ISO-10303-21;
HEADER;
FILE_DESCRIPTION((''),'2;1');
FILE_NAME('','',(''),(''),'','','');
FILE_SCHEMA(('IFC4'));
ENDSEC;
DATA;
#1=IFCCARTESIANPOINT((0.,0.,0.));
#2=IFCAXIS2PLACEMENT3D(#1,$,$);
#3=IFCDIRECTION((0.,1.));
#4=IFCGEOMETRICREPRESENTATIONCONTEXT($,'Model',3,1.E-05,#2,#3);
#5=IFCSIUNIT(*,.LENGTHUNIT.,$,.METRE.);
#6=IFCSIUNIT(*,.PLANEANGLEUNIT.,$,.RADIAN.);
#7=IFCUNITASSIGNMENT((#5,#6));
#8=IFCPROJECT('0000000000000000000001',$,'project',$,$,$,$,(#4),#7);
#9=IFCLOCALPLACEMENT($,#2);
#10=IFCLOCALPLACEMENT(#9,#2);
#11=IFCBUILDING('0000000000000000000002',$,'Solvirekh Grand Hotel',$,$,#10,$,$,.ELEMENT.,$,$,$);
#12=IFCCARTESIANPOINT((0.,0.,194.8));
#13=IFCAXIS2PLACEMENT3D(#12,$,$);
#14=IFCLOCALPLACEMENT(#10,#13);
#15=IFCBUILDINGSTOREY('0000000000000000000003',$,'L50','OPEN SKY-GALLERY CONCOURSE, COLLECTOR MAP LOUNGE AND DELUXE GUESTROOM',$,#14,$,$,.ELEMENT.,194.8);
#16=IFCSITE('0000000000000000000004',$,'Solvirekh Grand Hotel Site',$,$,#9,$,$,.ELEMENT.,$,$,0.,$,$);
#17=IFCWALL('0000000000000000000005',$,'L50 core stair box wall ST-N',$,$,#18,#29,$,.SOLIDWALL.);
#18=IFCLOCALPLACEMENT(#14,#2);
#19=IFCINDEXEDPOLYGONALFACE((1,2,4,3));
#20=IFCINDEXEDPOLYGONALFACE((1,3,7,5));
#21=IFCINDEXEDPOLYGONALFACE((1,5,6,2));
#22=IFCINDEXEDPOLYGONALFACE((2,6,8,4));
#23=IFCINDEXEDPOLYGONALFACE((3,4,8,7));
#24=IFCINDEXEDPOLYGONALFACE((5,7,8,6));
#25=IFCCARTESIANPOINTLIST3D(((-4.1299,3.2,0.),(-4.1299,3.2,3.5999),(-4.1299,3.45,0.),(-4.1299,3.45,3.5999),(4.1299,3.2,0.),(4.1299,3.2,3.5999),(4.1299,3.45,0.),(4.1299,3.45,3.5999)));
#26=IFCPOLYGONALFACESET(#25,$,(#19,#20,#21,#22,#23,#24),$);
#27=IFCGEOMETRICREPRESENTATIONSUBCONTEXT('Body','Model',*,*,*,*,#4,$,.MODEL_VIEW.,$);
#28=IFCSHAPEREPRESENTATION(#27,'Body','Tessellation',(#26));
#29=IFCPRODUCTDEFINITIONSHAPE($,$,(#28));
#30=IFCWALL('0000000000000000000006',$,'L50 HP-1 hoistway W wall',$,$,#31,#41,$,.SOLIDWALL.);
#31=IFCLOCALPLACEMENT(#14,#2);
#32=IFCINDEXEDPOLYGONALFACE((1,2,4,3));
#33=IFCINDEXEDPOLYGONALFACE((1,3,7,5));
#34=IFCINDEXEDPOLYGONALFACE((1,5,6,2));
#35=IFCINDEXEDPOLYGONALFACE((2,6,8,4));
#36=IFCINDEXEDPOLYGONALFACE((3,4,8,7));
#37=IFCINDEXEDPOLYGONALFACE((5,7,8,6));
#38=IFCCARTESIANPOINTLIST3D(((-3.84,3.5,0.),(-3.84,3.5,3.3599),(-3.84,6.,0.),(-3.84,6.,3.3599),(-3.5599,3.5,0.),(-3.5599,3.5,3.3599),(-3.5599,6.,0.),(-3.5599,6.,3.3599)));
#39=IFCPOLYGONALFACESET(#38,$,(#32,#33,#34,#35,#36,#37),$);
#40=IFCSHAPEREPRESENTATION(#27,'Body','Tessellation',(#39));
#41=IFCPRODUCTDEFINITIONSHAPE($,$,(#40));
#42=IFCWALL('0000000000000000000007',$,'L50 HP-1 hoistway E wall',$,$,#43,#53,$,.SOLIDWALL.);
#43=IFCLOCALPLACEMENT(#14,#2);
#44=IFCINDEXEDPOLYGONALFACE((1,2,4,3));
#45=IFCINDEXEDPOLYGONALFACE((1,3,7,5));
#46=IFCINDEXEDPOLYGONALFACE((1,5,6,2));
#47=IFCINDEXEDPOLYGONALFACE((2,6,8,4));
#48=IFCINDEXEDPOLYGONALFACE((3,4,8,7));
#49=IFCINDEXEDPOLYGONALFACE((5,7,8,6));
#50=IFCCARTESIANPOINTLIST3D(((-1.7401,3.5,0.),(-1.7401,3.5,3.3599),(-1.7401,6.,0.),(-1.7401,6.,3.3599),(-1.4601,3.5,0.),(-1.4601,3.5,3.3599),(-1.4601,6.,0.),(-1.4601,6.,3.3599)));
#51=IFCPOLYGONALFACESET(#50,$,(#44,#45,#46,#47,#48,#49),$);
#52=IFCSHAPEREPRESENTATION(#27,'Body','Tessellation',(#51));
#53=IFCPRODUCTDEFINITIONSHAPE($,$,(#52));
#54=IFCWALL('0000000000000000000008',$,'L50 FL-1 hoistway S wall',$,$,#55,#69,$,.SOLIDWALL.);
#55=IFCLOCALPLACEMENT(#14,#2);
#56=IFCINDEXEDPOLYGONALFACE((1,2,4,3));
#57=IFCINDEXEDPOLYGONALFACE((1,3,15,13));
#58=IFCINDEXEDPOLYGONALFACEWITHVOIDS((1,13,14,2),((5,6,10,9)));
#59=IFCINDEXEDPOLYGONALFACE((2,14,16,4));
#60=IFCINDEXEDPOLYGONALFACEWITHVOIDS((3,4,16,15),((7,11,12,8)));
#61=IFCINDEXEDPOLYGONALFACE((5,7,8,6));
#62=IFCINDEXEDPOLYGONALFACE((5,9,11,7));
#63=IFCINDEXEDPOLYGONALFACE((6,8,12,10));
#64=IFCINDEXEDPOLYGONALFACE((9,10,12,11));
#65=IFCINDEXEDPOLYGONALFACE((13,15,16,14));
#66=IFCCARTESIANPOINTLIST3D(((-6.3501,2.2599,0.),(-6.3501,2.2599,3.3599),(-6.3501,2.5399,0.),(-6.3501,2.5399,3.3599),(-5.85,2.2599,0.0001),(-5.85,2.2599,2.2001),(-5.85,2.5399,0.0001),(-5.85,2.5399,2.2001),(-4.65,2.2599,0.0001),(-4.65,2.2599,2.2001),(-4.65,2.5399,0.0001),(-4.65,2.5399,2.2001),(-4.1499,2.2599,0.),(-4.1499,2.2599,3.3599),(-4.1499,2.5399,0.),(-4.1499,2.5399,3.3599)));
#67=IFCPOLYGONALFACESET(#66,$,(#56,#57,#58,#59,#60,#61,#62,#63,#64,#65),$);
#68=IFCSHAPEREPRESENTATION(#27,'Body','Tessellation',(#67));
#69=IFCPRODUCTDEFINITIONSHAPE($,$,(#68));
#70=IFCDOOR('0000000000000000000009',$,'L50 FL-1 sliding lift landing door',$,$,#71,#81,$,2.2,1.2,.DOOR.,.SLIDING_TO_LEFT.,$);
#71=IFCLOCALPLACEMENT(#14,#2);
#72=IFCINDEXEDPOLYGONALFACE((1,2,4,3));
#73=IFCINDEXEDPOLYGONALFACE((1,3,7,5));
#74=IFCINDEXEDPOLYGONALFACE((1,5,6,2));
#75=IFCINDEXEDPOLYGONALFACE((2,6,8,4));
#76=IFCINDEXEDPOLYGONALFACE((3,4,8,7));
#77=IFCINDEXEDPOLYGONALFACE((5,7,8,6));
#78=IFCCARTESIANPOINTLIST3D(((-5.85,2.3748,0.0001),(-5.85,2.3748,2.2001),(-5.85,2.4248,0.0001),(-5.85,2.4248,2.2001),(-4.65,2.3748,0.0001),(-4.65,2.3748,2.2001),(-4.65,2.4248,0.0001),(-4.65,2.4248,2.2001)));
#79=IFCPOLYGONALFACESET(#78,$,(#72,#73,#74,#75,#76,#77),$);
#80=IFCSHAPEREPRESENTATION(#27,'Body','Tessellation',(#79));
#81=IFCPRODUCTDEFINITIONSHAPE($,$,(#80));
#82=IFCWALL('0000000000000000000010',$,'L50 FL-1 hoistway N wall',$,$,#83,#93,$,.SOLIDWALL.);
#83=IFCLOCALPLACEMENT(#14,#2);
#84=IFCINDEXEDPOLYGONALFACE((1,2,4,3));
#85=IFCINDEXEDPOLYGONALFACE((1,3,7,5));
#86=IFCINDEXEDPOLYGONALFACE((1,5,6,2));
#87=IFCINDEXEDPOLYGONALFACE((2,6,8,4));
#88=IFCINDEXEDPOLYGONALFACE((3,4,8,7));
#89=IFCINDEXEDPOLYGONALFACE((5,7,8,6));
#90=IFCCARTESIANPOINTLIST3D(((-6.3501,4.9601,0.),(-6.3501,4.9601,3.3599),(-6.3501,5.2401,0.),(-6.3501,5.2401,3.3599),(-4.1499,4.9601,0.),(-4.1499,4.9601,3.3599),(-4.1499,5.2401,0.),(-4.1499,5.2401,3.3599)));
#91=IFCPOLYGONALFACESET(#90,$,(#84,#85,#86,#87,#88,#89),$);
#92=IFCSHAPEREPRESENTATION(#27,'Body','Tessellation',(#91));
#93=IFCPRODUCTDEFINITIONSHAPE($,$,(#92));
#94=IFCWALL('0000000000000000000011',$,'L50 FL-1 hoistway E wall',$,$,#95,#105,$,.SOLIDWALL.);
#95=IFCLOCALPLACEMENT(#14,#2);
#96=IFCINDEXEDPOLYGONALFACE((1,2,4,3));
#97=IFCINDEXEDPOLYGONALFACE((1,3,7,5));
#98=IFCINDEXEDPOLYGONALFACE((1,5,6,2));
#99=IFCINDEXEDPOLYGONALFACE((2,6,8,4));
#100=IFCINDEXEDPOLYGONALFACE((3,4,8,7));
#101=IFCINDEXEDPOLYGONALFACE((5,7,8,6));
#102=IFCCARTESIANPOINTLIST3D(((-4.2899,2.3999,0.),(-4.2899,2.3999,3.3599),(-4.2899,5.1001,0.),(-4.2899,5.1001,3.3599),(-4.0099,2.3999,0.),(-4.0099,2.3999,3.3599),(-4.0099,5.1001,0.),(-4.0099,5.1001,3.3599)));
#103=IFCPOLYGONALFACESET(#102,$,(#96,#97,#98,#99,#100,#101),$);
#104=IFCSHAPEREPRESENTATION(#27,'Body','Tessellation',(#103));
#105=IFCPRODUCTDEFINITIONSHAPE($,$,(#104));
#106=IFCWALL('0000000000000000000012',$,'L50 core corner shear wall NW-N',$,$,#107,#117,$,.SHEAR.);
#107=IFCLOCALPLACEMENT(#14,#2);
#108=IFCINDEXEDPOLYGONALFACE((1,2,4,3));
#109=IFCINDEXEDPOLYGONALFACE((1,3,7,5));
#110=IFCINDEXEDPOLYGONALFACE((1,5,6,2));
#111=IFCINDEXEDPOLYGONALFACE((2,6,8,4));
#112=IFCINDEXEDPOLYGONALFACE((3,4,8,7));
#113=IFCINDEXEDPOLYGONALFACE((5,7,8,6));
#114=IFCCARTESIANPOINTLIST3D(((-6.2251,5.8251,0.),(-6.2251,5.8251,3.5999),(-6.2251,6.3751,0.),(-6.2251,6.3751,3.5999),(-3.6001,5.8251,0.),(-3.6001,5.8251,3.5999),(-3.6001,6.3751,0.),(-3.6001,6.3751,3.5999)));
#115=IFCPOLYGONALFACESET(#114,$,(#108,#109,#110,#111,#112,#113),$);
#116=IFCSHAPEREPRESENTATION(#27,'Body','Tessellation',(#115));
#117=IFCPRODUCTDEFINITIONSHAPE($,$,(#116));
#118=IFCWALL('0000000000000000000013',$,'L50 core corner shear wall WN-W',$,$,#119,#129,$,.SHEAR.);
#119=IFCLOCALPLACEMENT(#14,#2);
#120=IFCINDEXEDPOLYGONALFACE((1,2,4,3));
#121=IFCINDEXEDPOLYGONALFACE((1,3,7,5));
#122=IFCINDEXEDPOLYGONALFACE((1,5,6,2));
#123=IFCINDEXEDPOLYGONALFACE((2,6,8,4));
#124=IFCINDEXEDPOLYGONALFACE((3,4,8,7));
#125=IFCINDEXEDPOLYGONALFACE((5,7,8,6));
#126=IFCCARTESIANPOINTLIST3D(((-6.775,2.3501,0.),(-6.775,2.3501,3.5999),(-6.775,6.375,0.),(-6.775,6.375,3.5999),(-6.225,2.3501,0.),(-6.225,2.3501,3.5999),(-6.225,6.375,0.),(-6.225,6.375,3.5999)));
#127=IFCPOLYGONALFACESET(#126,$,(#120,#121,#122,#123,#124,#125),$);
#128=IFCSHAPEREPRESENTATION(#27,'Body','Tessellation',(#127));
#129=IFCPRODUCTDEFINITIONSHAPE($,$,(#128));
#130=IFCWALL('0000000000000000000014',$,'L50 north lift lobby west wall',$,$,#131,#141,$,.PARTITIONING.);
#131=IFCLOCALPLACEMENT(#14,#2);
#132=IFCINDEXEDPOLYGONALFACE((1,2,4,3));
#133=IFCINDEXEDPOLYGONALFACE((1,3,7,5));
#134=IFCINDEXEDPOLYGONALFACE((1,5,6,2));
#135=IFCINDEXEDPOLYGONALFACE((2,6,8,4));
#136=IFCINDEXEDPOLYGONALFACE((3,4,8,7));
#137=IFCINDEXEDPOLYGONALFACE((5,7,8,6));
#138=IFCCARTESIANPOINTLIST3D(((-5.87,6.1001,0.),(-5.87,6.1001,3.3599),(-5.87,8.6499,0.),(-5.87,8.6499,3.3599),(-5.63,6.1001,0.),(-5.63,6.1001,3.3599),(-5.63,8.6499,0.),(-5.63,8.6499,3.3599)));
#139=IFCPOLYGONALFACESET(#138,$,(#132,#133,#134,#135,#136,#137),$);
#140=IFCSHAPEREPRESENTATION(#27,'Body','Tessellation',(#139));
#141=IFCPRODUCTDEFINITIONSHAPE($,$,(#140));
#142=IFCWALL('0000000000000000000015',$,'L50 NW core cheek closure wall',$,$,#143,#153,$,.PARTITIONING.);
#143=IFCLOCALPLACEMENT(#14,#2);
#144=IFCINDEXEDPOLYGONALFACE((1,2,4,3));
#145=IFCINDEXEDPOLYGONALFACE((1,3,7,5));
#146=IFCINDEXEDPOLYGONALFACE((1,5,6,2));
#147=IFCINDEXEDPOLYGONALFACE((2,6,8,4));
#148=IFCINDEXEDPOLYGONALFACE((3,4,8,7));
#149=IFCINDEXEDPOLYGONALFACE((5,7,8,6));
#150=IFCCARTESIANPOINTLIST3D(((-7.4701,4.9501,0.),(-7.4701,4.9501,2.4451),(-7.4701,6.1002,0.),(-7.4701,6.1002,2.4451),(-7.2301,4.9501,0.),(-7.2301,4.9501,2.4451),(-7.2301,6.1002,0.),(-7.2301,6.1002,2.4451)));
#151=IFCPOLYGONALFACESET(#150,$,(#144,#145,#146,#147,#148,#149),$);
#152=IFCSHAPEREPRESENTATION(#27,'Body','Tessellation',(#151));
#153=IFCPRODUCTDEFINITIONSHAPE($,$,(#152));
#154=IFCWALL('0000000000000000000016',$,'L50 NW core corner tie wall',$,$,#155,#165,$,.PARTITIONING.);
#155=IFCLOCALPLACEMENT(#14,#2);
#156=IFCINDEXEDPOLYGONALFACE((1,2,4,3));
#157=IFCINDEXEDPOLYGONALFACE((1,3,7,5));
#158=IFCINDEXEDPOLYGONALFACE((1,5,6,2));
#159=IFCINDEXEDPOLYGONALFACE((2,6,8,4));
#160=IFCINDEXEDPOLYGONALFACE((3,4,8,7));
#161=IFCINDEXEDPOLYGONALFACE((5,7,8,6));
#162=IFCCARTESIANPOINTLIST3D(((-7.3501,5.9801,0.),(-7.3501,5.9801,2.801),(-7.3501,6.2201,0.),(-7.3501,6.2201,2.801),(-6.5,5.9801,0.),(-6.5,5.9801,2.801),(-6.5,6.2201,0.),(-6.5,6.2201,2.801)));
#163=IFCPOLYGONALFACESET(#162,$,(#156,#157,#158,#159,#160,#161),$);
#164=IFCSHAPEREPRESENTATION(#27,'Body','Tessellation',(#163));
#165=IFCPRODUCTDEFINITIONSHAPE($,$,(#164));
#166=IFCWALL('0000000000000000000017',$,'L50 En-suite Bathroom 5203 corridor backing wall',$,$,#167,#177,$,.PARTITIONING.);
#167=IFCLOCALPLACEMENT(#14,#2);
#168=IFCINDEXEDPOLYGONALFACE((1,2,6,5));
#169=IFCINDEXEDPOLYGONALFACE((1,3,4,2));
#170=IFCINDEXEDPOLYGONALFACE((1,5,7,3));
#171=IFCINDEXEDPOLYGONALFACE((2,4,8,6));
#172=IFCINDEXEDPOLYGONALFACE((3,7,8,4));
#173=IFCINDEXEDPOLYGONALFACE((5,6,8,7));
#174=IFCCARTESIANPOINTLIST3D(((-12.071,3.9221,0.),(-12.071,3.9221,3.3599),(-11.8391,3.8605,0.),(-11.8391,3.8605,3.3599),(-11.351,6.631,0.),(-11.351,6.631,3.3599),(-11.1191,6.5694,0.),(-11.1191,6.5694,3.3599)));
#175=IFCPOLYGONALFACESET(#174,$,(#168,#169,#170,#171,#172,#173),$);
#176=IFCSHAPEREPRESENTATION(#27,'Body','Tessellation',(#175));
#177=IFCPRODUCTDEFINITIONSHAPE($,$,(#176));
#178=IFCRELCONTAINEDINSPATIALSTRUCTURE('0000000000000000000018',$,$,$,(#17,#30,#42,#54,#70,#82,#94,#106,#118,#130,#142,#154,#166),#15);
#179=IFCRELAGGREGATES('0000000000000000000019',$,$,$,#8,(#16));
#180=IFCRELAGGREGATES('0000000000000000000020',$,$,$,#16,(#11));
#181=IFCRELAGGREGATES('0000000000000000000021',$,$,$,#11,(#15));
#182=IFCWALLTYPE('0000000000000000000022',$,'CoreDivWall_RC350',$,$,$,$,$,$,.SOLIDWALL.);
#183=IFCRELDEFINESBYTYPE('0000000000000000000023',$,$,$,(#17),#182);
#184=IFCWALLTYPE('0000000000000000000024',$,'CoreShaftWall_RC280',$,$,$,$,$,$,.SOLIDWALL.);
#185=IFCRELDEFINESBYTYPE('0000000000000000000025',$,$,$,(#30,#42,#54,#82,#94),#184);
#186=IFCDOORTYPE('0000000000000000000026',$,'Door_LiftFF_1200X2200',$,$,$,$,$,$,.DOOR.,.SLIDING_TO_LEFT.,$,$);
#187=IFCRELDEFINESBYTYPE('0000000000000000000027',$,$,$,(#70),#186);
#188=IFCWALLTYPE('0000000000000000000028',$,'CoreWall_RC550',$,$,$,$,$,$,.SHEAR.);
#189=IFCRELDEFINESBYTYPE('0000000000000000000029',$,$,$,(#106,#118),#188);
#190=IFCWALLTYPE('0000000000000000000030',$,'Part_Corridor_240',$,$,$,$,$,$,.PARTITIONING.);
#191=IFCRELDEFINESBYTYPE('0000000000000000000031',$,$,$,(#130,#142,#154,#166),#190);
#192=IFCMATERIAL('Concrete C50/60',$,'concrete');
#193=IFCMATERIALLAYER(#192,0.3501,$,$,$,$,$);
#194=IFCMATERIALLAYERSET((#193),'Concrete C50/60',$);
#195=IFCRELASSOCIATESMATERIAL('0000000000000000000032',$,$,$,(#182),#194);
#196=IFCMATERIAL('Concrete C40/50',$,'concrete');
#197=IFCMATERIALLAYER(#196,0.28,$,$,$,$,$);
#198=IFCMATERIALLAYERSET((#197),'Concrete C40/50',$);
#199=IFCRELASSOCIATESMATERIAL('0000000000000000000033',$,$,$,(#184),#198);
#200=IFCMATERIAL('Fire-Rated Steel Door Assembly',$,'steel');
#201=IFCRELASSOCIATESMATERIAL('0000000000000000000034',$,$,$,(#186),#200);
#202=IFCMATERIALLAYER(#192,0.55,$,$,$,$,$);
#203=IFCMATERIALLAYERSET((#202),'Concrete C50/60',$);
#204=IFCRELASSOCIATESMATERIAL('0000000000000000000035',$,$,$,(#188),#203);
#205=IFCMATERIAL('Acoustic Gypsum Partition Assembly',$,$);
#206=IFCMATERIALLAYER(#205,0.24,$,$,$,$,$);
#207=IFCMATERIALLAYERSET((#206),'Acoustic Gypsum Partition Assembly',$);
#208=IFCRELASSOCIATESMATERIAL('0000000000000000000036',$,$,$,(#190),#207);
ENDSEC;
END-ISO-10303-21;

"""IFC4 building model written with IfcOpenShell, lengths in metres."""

from ifc_helpers import new_model, si_unit, direction, frame, frame_2d, origin, place, context, subcontext, project, spatial, rectangle, extrude, material, layer, layer_set, type_object, element, fill, save


model = new_model("IFC4")

# Units and contexts
model_context = context("Model", 3, precision=1e-05, world=origin(), true_north=direction((0.0, 1.0)))
body_context = subcontext(model_context, "Body", "Model", "MODEL_VIEW")
ifc_project = project(units=[si_unit("LENGTHUNIT", "METRE"), si_unit("PLANEANGLEUNIT", "RADIAN")], contexts=[model_context])

# Site, building, storey
site_placement = place(None, origin())
site = spatial("IfcSite", under=ifc_project, at=site_placement, Name="Solvirekh Grand Hotel Site", CompositionType="ELEMENT", RefElevation=0.0)
building_placement = place(site_placement, origin())
building = spatial("IfcBuilding", under=site, at=building_placement, Name="Solvirekh Grand Hotel", CompositionType="ELEMENT")
storey_placement = place(building_placement, frame((0.0, 0.0, 194.8)))
storey = spatial("IfcBuildingStorey", under=building, at=storey_placement, Name="L50", Description="OPEN SKY-GALLERY CONCOURSE, COLLECTOR MAP LOUNGE AND DELUXE GUESTROOM", CompositionType="ELEMENT", Elevation=194.8)

# Shared definitions
ifc_material_1 = material(Name="Concrete C50/60", Category="concrete")

# Walls
ifc_layer_1 = layer(ifc_material_1, 0.3501)
ifc_layer_set_1 = layer_set([ifc_layer_1], Name="Concrete C50/60")
wall_type_1 = type_object("IfcWallType", Name="CoreDivWall_RC350", PredefinedType="SOLIDWALL", material=ifc_layer_set_1)
wall_1_placement = place(storey_placement, frame((-4.1299, 3.325, 0.0), z_axis=(0.0, 0.0, 1.0), x_axis=(1.0, 0.0, 0.0)))
element("IfcWall", 1, at=wall_1_placement, inside=storey, type_object=wall_type_1, Name="L50 core stair box wall ST-N", PredefinedType="SOLIDWALL", context=body_context, shape_type="SweptSolid", body=[
    extrude(rectangle(XDim=8.2598, YDim=0.25, at=frame_2d((4.1299, 0.0))), origin(), (0.0, 0.0, 1.0), 3.5999),
])
ifc_material_2 = material(Name="Concrete C40/50", Category="concrete")
ifc_layer_2 = layer(ifc_material_2, 0.28)
ifc_layer_set_2 = layer_set([ifc_layer_2], Name="Concrete C40/50")
wall_type_2 = type_object("IfcWallType", Name="CoreShaftWall_RC280", PredefinedType="SOLIDWALL", material=ifc_layer_set_2)
for number, where, z_axis, x_axis, name in (
    (2, (-3.7, 6.0, 0.0), (0.0, 0.0, 1.0), (0.0, -1.0, 0.0), "L50 HP-1 hoistway W wall"),
    (3, (-1.6001, 3.5, 0.0), (0.0, 0.0, 1.0), (0.0, 1.0, 0.0), "L50 HP-1 hoistway E wall"),
):
    element("IfcWall", number, at=place(storey_placement, frame(where, z_axis=z_axis, x_axis=x_axis)), inside=storey, type_object=wall_type_2, Name=name, PredefinedType="SOLIDWALL", context=body_context, shape_type="SweptSolid", body=[
        extrude(rectangle(XDim=2.5, YDim=0.28, at=frame_2d((1.25, 0.0))), origin(), (0.0, 0.0, 1.0), 3.3599),
    ])

# Wall, opening, door
wall_2_placement = place(storey_placement, frame((-6.3501, 2.3999, 0.0), z_axis=(0.0, 0.0, 1.0), x_axis=(1.0, 0.0, 0.0)))
wall_2 = element("IfcWall", 4, at=wall_2_placement, inside=storey, type_object=wall_type_2, Name="L50 FL-1 hoistway S wall", PredefinedType="SOLIDWALL", context=body_context, shape_type="SweptSolid", body=[
    extrude(rectangle(XDim=2.2002, YDim=0.28, at=frame_2d((1.1001, 0.0))), origin(), (0.0, 0.0, 1.0), 3.3599),
])
opening_1_placement = place(wall_2_placement, frame((0.5, 0.0, 0.0)))
opening_1 = element("IfcOpeningElement", 5, at=opening_1_placement, cuts=wall_2, PredefinedType="OPENING", context=body_context, shape_type="SweptSolid", body=[
    extrude(rectangle(XDim=1.2, YDim=2.2, at=frame_2d((0.6001, 1.1001))), frame((0.0, 0.1499, 0.0), z_axis=(0.0, -1.0, 0.0), x_axis=(1.0, 0.0, 0.0)), (0.0, 0.0, 1.0), 0.3),
])
ifc_material_3 = material(Name="Fire-Rated Steel Door Assembly", Category="steel")
door_type_1 = type_object("IfcDoorType", Name="Door_LiftFF_1200X2200", OperationType="SLIDING_TO_LEFT", PredefinedType="DOOR", material=ifc_material_3)
door_1_placement = place(opening_1_placement, origin())
door_1 = element("IfcDoor", 6, at=door_1_placement, inside=storey, type_object=door_type_1, Name="L50 FL-1 sliding lift landing door", OperationType="SLIDING_TO_LEFT", OverallHeight=2.2, OverallWidth=1.2, PredefinedType="DOOR", context=body_context, shape_type="SweptSolid", body=[
    extrude(rectangle(XDim=1.2, YDim=2.2, at=frame_2d((0.6001, 1.1001))), frame((0.0, 0.0249, 0.0), z_axis=(0.0, -1.0, 0.0), x_axis=(1.0, 0.0, 0.0)), (0.0, 0.0, 1.0), 0.05),
])
fill(opening_1, door_1)

# Walls
wall_3_placement = place(storey_placement, frame((-4.1499, 5.1001, 0.0), z_axis=(0.0, 0.0, 1.0), x_axis=(-1.0, 0.0, 0.0)))
element("IfcWall", 7, at=wall_3_placement, inside=storey, type_object=wall_type_2, Name="L50 FL-1 hoistway N wall", PredefinedType="SOLIDWALL", context=body_context, shape_type="SweptSolid", body=[
    extrude(rectangle(XDim=2.2002, YDim=0.28, at=frame_2d((1.1001, 0.0))), origin(), (0.0, 0.0, 1.0), 3.3599),
])
wall_4_placement = place(storey_placement, frame((-4.1499, 2.3999, 0.0), z_axis=(0.0, 0.0, 1.0), x_axis=(0.0, 1.0, 0.0)))
element("IfcWall", 8, at=wall_4_placement, inside=storey, type_object=wall_type_2, Name="L50 FL-1 hoistway E wall", PredefinedType="SOLIDWALL", context=body_context, shape_type="SweptSolid", body=[
    extrude(rectangle(XDim=2.7002, YDim=0.28, at=frame_2d((1.3501, 0.0))), origin(), (0.0, 0.0, 1.0), 3.3599),
])
ifc_layer_3 = layer(ifc_material_1, 0.55)
ifc_layer_set_3 = layer_set([ifc_layer_3], Name="Concrete C50/60")
wall_type_3 = type_object("IfcWallType", Name="CoreWall_RC550", PredefinedType="SHEAR", material=ifc_layer_set_3)
wall_5_placement = place(storey_placement, frame((-6.2251, 6.1001, 0.0), z_axis=(0.0, 0.0, 1.0), x_axis=(1.0, 0.0, 0.0)))
element("IfcWall", 9, at=wall_5_placement, inside=storey, type_object=wall_type_3, Name="L50 core corner shear wall NW-N", PredefinedType="SHEAR", context=body_context, shape_type="SweptSolid", body=[
    extrude(rectangle(XDim=2.625, YDim=0.55, at=frame_2d((1.3125, 0.0))), origin(), (0.0, 0.0, 1.0), 3.5999),
])
wall_6_placement = place(storey_placement, frame((-6.5, 2.3501, 0.0), z_axis=(0.0, 0.0, 1.0), x_axis=(0.0, 1.0, 0.0)))
element("IfcWall", 10, at=wall_6_placement, inside=storey, type_object=wall_type_3, Name="L50 core corner shear wall WN-W", PredefinedType="SHEAR", context=body_context, shape_type="SweptSolid", body=[
    extrude(rectangle(XDim=4.0249, YDim=0.55, at=frame_2d((2.0125, 0.0))), origin(), (0.0, 0.0, 1.0), 3.5999),
])
ifc_material_4 = material(Name="Acoustic Gypsum Partition Assembly")
ifc_layer_4 = layer(ifc_material_4, 0.24)
ifc_layer_set_4 = layer_set([ifc_layer_4], Name="Acoustic Gypsum Partition Assembly")
wall_type_4 = type_object("IfcWallType", Name="Part_Corridor_240", PredefinedType="PARTITIONING", material=ifc_layer_set_4)
wall_7_placement = place(storey_placement, frame((-5.75, 6.1001, 0.0), z_axis=(0.0, 0.0, 1.0), x_axis=(0.0, 1.0, 0.0)))
element("IfcWall", 11, at=wall_7_placement, inside=storey, type_object=wall_type_4, Name="L50 north lift lobby west wall", PredefinedType="PARTITIONING", context=body_context, shape_type="SweptSolid", body=[
    extrude(rectangle(XDim=2.5498, YDim=0.24, at=frame_2d((1.2749, 0.0))), origin(), (0.0, 0.0, 1.0), 3.3599),
])
wall_8_placement = place(storey_placement, frame((-7.3501, 4.95, 0.0), z_axis=(0.0, 0.0, 1.0), x_axis=(0.0, 1.0, 0.0)))
element("IfcWall", 12, at=wall_8_placement, inside=storey, type_object=wall_type_4, Name="L50 NW core cheek closure wall", PredefinedType="PARTITIONING", context=body_context, shape_type="SweptSolid", body=[
    extrude(rectangle(XDim=1.1501, YDim=0.24, at=frame_2d((0.5752, 0.0))), origin(), (0.0, 0.0, 1.0), 2.4451),
])
wall_9_placement = place(storey_placement, frame((-7.3501, 6.1001, 0.0), z_axis=(0.0, 0.0, 1.0), x_axis=(1.0, 0.0, 0.0)))
element("IfcWall", 13, at=wall_9_placement, inside=storey, type_object=wall_type_4, Name="L50 NW core corner tie wall", PredefinedType="PARTITIONING", context=body_context, shape_type="SweptSolid", body=[
    extrude(rectangle(XDim=0.8501, YDim=0.24, at=frame_2d((0.425, 0.0))), origin(), (0.0, 0.0, 1.0), 2.801),
])
wall_10_placement = place(storey_placement, frame((-11.2351, 6.6001, 0.0), z_axis=(0.0, 0.0, 1.0), x_axis=(-0.256855, -0.96645, 0.0)))
element("IfcWall", 14, at=wall_10_placement, inside=storey, type_object=wall_type_4, Name="L50 En-suite Bathroom 5203 corridor backing wall", PredefinedType="PARTITIONING", context=body_context, shape_type="SweptSolid", body=[
    extrude(rectangle(XDim=2.803, YDim=0.24, at=frame_2d((1.4014, 0.0))), origin(), (0.0, 0.0, 1.0), 3.3599),
])

save(model, "model.ifc")
